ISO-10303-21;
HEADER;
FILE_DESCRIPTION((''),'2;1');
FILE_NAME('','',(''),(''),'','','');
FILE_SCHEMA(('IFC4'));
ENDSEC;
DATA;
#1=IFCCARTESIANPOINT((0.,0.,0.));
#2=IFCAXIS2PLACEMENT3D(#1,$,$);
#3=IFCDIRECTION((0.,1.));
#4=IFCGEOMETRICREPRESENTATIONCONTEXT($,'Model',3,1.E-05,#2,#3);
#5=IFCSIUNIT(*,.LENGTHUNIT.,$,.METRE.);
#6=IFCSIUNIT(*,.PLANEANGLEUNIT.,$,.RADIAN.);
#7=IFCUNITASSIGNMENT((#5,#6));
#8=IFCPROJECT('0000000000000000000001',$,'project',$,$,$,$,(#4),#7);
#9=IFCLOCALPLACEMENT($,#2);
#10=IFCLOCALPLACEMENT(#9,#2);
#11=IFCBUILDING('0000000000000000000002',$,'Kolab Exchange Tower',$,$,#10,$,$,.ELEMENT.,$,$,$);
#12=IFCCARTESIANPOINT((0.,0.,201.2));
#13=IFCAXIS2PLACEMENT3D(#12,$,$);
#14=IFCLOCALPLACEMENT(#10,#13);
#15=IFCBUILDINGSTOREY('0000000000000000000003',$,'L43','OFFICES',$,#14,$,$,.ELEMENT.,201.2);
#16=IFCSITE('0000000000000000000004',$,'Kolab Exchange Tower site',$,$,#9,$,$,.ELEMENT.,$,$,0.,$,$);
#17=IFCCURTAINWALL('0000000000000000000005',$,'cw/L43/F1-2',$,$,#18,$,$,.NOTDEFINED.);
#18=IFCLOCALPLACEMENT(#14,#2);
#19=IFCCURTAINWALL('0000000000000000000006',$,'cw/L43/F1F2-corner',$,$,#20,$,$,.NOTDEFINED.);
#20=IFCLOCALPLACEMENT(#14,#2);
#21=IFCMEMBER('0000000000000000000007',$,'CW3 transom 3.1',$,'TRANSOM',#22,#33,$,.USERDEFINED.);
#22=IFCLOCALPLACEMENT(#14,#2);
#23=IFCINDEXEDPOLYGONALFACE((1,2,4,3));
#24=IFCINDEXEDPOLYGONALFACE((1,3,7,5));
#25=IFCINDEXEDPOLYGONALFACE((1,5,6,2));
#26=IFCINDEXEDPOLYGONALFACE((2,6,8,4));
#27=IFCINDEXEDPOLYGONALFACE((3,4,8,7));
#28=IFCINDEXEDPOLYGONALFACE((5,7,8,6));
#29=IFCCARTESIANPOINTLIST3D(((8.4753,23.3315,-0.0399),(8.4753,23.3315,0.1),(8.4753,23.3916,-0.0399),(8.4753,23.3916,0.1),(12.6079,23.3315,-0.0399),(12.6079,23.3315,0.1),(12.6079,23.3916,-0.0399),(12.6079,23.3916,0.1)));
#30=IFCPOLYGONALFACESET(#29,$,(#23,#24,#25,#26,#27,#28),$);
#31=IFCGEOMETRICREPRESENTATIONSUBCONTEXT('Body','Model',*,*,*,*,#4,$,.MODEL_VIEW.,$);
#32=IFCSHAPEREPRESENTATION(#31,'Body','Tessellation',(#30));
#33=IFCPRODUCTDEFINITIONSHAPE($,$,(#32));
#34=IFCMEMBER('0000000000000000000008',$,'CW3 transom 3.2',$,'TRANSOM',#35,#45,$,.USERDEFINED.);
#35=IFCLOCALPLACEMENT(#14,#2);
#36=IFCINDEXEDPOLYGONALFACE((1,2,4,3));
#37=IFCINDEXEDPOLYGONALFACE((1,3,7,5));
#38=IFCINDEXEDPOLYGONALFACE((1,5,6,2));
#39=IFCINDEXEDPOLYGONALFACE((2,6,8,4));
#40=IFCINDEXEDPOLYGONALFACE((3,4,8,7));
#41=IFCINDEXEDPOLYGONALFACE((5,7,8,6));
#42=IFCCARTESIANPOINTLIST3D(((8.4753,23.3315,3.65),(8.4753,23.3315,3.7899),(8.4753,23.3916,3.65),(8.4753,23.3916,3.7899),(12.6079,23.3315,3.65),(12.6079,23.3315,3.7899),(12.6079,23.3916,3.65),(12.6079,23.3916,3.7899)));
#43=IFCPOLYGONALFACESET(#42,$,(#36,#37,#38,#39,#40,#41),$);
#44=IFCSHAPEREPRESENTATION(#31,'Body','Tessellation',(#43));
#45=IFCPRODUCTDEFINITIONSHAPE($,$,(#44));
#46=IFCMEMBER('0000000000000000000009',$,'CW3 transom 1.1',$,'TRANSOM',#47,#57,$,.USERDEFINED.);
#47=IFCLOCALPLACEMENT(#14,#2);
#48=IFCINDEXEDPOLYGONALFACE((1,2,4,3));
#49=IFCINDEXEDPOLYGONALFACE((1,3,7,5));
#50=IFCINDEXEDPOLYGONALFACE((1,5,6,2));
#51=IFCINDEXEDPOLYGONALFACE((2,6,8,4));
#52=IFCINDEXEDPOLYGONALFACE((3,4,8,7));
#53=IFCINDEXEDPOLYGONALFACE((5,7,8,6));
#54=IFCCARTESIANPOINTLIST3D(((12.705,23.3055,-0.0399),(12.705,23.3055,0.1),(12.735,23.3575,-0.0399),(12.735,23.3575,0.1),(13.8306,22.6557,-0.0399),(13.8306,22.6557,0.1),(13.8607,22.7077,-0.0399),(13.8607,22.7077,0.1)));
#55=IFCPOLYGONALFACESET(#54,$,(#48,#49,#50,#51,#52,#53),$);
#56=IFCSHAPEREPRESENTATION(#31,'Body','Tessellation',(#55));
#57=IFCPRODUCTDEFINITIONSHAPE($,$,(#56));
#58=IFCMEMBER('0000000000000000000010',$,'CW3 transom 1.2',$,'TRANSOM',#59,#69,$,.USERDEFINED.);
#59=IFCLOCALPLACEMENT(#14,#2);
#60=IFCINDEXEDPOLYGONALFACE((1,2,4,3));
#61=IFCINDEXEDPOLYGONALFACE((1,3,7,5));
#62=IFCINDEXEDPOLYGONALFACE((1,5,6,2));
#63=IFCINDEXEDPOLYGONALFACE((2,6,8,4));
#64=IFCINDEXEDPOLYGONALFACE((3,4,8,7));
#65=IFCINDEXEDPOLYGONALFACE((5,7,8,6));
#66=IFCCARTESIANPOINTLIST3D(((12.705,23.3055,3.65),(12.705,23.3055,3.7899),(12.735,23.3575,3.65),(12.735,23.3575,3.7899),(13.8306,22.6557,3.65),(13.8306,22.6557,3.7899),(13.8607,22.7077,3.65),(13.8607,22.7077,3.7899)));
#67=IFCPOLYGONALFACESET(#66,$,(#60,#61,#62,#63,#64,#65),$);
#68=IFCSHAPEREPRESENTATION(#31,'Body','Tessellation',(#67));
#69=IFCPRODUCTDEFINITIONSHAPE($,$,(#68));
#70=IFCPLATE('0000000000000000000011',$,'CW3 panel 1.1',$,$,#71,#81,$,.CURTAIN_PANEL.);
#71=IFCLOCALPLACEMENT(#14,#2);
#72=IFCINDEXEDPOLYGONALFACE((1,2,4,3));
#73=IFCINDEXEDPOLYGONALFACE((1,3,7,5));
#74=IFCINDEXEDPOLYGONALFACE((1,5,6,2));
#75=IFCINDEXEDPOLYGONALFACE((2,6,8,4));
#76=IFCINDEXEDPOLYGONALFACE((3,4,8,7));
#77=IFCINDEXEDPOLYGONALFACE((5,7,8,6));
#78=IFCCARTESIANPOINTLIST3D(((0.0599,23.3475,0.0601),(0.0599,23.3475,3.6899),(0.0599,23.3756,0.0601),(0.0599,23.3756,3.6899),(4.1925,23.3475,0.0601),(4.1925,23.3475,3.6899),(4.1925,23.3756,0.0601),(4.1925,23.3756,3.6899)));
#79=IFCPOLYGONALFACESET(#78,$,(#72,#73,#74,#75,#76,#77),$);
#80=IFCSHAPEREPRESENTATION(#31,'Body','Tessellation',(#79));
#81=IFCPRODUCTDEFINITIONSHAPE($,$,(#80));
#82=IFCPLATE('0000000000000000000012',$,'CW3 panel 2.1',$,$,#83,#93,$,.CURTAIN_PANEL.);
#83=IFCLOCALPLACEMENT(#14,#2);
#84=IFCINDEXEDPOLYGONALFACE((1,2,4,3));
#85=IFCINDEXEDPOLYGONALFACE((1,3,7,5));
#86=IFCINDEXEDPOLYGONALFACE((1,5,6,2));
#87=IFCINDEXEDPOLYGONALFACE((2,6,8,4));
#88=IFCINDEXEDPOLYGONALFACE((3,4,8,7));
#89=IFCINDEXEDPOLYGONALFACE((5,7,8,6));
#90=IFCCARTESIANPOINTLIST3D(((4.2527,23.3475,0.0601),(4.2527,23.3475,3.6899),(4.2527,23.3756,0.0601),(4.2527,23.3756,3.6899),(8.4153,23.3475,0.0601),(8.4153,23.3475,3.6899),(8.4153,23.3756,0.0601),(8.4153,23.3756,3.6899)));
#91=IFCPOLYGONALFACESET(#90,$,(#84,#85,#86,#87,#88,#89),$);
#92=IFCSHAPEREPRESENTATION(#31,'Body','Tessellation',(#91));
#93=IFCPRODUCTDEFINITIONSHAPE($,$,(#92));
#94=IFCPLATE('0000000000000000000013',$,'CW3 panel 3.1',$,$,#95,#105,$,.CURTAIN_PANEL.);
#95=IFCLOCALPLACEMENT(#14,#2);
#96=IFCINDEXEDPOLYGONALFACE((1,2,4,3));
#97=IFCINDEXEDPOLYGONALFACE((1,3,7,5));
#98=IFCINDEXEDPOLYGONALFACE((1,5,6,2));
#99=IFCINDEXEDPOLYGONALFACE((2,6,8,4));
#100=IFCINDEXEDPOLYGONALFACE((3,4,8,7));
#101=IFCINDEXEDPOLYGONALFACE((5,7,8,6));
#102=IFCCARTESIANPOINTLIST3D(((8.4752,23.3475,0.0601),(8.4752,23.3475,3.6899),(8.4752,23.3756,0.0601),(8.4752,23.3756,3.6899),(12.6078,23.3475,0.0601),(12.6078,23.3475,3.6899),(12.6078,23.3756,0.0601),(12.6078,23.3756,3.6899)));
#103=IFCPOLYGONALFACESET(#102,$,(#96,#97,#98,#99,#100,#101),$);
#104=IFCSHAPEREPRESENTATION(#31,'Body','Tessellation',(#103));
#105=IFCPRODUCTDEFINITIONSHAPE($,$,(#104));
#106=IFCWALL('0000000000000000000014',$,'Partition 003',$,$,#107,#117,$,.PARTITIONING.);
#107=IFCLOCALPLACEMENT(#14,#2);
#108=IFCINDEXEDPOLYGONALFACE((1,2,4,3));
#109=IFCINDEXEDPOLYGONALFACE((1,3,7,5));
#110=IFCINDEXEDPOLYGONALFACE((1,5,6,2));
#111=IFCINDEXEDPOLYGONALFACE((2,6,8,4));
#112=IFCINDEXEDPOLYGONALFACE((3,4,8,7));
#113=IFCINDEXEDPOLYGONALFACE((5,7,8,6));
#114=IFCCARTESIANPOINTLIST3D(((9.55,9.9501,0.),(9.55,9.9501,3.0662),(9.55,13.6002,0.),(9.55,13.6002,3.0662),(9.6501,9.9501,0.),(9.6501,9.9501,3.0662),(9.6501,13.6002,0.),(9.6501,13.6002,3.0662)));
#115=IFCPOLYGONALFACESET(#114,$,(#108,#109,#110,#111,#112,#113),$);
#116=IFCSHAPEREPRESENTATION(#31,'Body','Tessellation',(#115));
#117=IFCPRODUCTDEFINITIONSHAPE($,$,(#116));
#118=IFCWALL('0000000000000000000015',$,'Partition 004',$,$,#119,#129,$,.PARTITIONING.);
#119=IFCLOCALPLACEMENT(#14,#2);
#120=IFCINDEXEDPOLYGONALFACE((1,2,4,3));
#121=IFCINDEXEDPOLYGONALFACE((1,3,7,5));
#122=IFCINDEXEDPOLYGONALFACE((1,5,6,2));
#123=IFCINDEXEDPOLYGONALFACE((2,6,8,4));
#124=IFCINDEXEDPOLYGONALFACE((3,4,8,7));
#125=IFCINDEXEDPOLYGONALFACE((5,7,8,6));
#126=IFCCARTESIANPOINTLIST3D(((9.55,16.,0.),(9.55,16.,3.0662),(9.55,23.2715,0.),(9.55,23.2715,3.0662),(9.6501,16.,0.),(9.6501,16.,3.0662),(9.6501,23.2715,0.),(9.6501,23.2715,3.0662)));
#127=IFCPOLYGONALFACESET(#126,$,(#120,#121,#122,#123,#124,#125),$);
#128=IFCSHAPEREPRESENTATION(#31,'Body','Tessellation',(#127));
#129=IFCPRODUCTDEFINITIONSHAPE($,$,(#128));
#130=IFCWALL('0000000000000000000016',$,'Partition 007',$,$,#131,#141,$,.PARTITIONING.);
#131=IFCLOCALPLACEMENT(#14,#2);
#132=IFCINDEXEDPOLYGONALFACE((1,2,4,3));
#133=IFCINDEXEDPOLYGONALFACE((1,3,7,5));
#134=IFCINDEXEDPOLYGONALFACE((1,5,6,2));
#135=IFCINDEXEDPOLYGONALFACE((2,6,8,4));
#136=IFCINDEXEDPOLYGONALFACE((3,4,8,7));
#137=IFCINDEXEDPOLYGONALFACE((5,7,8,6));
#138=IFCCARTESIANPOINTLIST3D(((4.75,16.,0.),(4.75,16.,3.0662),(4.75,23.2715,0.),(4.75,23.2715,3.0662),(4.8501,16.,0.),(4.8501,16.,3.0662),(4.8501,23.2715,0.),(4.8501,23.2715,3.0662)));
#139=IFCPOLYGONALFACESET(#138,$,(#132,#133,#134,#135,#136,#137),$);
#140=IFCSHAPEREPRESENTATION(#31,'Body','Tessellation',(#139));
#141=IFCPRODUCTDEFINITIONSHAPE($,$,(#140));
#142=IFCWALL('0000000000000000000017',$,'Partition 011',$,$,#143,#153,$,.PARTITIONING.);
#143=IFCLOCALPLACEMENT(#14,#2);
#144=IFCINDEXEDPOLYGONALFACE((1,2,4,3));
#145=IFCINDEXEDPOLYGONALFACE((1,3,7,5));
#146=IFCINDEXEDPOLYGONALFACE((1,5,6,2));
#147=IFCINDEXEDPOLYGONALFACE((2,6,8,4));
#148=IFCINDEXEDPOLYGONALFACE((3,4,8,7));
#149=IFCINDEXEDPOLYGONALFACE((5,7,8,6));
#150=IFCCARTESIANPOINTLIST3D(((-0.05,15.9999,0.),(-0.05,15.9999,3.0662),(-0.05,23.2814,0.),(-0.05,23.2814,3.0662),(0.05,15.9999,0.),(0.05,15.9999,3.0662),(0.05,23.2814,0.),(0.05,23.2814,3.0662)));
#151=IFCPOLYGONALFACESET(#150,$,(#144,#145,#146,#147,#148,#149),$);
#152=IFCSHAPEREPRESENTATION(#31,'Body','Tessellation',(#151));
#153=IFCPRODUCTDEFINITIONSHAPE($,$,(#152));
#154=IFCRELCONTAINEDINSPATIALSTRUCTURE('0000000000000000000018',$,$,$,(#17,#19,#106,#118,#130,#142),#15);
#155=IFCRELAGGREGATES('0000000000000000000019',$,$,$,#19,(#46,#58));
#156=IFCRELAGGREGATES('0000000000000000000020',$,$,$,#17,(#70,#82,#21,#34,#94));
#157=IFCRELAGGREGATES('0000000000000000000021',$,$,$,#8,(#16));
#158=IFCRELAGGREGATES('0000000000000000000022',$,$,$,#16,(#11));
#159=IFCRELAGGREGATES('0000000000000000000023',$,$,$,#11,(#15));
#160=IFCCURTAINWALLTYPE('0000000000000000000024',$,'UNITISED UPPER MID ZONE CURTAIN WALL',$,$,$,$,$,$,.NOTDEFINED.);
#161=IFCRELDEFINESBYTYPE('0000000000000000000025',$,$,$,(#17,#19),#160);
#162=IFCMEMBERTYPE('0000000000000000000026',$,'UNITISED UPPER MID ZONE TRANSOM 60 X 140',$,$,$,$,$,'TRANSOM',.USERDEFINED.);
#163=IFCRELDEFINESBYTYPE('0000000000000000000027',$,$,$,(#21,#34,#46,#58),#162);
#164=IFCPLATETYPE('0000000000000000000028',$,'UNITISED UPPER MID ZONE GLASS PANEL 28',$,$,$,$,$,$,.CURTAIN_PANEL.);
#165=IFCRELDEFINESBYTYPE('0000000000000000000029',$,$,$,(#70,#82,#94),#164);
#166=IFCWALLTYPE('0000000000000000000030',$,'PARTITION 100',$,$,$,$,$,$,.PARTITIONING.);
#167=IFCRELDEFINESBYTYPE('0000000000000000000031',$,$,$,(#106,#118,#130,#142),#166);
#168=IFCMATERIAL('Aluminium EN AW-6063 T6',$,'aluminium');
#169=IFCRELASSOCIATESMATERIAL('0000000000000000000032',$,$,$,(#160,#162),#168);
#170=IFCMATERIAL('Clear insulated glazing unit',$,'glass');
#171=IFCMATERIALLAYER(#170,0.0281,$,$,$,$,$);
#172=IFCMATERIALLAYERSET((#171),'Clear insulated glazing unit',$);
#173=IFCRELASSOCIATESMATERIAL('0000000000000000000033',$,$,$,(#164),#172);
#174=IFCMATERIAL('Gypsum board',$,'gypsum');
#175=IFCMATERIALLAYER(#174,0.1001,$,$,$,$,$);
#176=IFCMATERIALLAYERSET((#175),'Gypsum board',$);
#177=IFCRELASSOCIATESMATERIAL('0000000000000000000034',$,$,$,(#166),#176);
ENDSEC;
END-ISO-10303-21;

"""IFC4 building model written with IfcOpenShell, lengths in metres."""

from ifc_helpers import new_model, si_unit, direction, frame, frame_2d, origin, origin_2d, place, context, subcontext, project, spatial, rectangle, extrude, material, layer, layer_set, material_profile, profile_set, type_object, element, aggregate, save


model = new_model("IFC4")

# Units and contexts
model_context = context("Model", 3, precision=1e-05, world=origin(), true_north=direction((0.0, 1.0)))
body_context = subcontext(model_context, "Body", "Model", "MODEL_VIEW")
ifc_project = project(units=[si_unit("LENGTHUNIT", "METRE"), si_unit("PLANEANGLEUNIT", "RADIAN")], contexts=[model_context])

# Site, building, storey
site_placement = place(None, origin())
site = spatial("IfcSite", under=ifc_project, at=site_placement, Name="Kolab Exchange Tower site", CompositionType="ELEMENT", RefElevation=0.0)
building_placement = place(site_placement, origin())
building = spatial("IfcBuilding", under=site, at=building_placement, Name="Kolab Exchange Tower", CompositionType="ELEMENT")
storey_placement = place(building_placement, frame((0.0, 0.0, 201.2)))
storey = spatial("IfcBuildingStorey", under=building, at=storey_placement, Name="L43", Description="OFFICES", CompositionType="ELEMENT", Elevation=201.2)

# Curtain wall
ifc_material_1 = material(Name="Aluminium EN AW-6063 T6", Category="aluminium")
curtain_wall_type = type_object("IfcCurtainWallType", Name="UNITISED UPPER MID ZONE CURTAIN WALL", PredefinedType="NOTDEFINED", material=ifc_material_1)
curtain_wall_1_placement = place(storey_placement, origin())
curtain_wall_1 = element("IfcCurtainWall", 1, at=curtain_wall_1_placement, inside=storey, type_object=curtain_wall_type, Name="cw/L43/F1-2", PredefinedType="NOTDEFINED")

# Curtain wall
curtain_wall_2_placement = place(storey_placement, origin())
curtain_wall_2 = element("IfcCurtainWall", 2, at=curtain_wall_2_placement, inside=storey, type_object=curtain_wall_type, Name="cw/L43/F1F2-corner", PredefinedType="NOTDEFINED")

# Members
ifc_material_profile_1 = material_profile(ifc_material_1, rectangle(XDim=0.0601, YDim=0.1399, at=origin_2d()), Name="RECT 60X140")
ifc_profile_set_1 = profile_set([ifc_material_profile_1], Name="Aluminium EN AW-6063 T6")
member_type_1 = type_object("IfcMemberType", Name="UNITISED UPPER MID ZONE TRANSOM 60 X 140", ElementType="TRANSOM", PredefinedType="USERDEFINED", material=ifc_profile_set_1)
member_1_placement = place(storey_placement, frame((8.4753, 23.3616, 0.03), z_axis=(1.0, 0.0, 0.0), x_axis=(0.0, 1.0, 0.0)))
member_1 = element("IfcMember", 3, at=member_1_placement, type_object=member_type_1, Name="CW3 transom 3.1", ObjectType="TRANSOM", PredefinedType="USERDEFINED", context=body_context, shape_type="SweptSolid", body=[
    extrude(rectangle(XDim=0.0601, YDim=0.1399, at=origin_2d()), origin(), (0.0, 0.0, 1.0), 4.1326),
])
member_2_placement = place(storey_placement, frame((8.4753, 23.3616, 3.72), z_axis=(1.0, 0.0, 0.0), x_axis=(0.0, 1.0, 0.0)))
member_2 = element("IfcMember", 4, at=member_2_placement, type_object=member_type_1, Name="CW3 transom 3.2", ObjectType="TRANSOM", PredefinedType="USERDEFINED", context=body_context, shape_type="SweptSolid", body=[
    extrude(rectangle(XDim=0.0601, YDim=0.1399, at=origin_2d()), origin(), (0.0, 0.0, 1.0), 4.1326),
])
member_3_placement = place(storey_placement, frame((12.72, 23.3315, 0.03), z_axis=(0.866039, -0.499977, 0.0), x_axis=(0.499977, 0.866039, 0.0)))
member_3 = element("IfcMember", 5, at=member_3_placement, type_object=member_type_1, Name="CW3 transom 1.1", ObjectType="TRANSOM", PredefinedType="USERDEFINED", context=body_context, shape_type="SweptSolid", body=[
    extrude(rectangle(XDim=0.0601, YDim=0.1399, at=origin_2d()), origin(), (0.0, 0.0, 1.0), 1.2998),
])
member_4_placement = place(storey_placement, frame((12.72, 23.3315, 3.72), z_axis=(0.866039, -0.499977, 0.0), x_axis=(0.499977, 0.866039, 0.0)))
member_4 = element("IfcMember", 6, at=member_4_placement, type_object=member_type_1, Name="CW3 transom 1.2", ObjectType="TRANSOM", PredefinedType="USERDEFINED", context=body_context, shape_type="SweptSolid", body=[
    extrude(rectangle(XDim=0.0601, YDim=0.1399, at=origin_2d()), origin(), (0.0, 0.0, 1.0), 1.2998),
])
aggregate(curtain_wall_2, [member_3, member_4])

# Plates
ifc_material_2 = material(Name="Clear insulated glazing unit", Category="glass")
ifc_layer_1 = layer(ifc_material_2, 0.0281)
ifc_layer_set_1 = layer_set([ifc_layer_1], Name="Clear insulated glazing unit")
plate_type = type_object("IfcPlateType", Name="UNITISED UPPER MID ZONE GLASS PANEL 28", PredefinedType="CURTAIN_PANEL", material=ifc_layer_set_1)
plate_1_placement = place(storey_placement, frame((2.1262, 23.3616, 0.0601), z_axis=(0.0, 0.0, 1.0), x_axis=(1.0, 0.0, 0.0)))
plate_1 = element("IfcPlate", 7, at=plate_1_placement, type_object=plate_type, Name="CW3 panel 1.1", PredefinedType="CURTAIN_PANEL", context=body_context, shape_type="SweptSolid", body=[
    extrude(rectangle(XDim=4.1326, YDim=0.0281, at=origin_2d()), origin(), (0.0, 0.0, 1.0), 3.6299),
])
plate_2_placement = place(storey_placement, frame((6.334, 23.3616, 0.0601), z_axis=(0.0, 0.0, 1.0), x_axis=(1.0, 0.0, 0.0)))
plate_2 = element("IfcPlate", 8, at=plate_2_placement, type_object=plate_type, Name="CW3 panel 2.1", PredefinedType="CURTAIN_PANEL", context=body_context, shape_type="SweptSolid", body=[
    extrude(rectangle(XDim=4.1626, YDim=0.0281, at=origin_2d()), origin(), (0.0, 0.0, 1.0), 3.6299),
])
plate_3_placement = place(storey_placement, frame((10.5415, 23.3616, 0.0601), z_axis=(0.0, 0.0, 1.0), x_axis=(1.0, 0.0, 0.0)))
plate_3 = element("IfcPlate", 9, at=plate_3_placement, type_object=plate_type, Name="CW3 panel 3.1", PredefinedType="CURTAIN_PANEL", context=body_context, shape_type="SweptSolid", body=[
    extrude(rectangle(XDim=4.1326, YDim=0.0281, at=origin_2d()), origin(), (0.0, 0.0, 1.0), 3.6299),
])
aggregate(curtain_wall_1, [plate_1, plate_2, member_1, member_2, plate_3])

# Walls
ifc_material_3 = material(Name="Gypsum board", Category="gypsum")
ifc_layer_2 = layer(ifc_material_3, 0.1001)
ifc_layer_set_2 = layer_set([ifc_layer_2], Name="Gypsum board")
wall_type = type_object("IfcWallType", Name="PARTITION 100", PredefinedType="PARTITIONING", material=ifc_layer_set_2)
wall_1_placement = place(storey_placement, frame((9.6001, 9.95, 0.0), z_axis=(0.0, 0.0, 1.0), x_axis=(0.0, 1.0, 0.0)))
element("IfcWall", 10, at=wall_1_placement, inside=storey, type_object=wall_type, Name="Partition 003", PredefinedType="PARTITIONING", context=body_context, shape_type="SweptSolid", body=[
    extrude(rectangle(XDim=3.6501, YDim=0.1001, at=frame_2d((1.8252, 0.0))), origin(), (0.0, 0.0, 1.0), 3.0662),
])
for number, where, z_axis, x_axis, name in (
    (11, (9.6001, 16.0, 0.0), (0.0, 0.0, 1.0), (0.0, 1.0, 0.0), "Partition 004"),
    (12, (4.8, 16.0, 0.0), (0.0, 0.0, 1.0), (0.0, 1.0, 0.0), "Partition 007"),
):
    element("IfcWall", number, at=place(storey_placement, frame(where, z_axis=z_axis, x_axis=x_axis)), inside=storey, type_object=wall_type, Name=name, PredefinedType="PARTITIONING", context=body_context, shape_type="SweptSolid", body=[
        extrude(rectangle(XDim=7.2715, YDim=0.1001, at=frame_2d((3.6357, 0.0))), origin(), (0.0, 0.0, 1.0), 3.0662),
    ])
wall_2_placement = place(storey_placement, frame((0.0, 16.0, 0.0), z_axis=(0.0, 0.0, 1.0), x_axis=(0.0, 1.0, 0.0)))
element("IfcWall", 13, at=wall_2_placement, inside=storey, type_object=wall_type, Name="Partition 011", PredefinedType="PARTITIONING", context=body_context, shape_type="SweptSolid", body=[
    extrude(rectangle(XDim=7.2815, YDim=0.1001, at=frame_2d((3.6406, 0.0))), origin(), (0.0, 0.0, 1.0), 3.0662),
])

save(model, "model.ifc")
